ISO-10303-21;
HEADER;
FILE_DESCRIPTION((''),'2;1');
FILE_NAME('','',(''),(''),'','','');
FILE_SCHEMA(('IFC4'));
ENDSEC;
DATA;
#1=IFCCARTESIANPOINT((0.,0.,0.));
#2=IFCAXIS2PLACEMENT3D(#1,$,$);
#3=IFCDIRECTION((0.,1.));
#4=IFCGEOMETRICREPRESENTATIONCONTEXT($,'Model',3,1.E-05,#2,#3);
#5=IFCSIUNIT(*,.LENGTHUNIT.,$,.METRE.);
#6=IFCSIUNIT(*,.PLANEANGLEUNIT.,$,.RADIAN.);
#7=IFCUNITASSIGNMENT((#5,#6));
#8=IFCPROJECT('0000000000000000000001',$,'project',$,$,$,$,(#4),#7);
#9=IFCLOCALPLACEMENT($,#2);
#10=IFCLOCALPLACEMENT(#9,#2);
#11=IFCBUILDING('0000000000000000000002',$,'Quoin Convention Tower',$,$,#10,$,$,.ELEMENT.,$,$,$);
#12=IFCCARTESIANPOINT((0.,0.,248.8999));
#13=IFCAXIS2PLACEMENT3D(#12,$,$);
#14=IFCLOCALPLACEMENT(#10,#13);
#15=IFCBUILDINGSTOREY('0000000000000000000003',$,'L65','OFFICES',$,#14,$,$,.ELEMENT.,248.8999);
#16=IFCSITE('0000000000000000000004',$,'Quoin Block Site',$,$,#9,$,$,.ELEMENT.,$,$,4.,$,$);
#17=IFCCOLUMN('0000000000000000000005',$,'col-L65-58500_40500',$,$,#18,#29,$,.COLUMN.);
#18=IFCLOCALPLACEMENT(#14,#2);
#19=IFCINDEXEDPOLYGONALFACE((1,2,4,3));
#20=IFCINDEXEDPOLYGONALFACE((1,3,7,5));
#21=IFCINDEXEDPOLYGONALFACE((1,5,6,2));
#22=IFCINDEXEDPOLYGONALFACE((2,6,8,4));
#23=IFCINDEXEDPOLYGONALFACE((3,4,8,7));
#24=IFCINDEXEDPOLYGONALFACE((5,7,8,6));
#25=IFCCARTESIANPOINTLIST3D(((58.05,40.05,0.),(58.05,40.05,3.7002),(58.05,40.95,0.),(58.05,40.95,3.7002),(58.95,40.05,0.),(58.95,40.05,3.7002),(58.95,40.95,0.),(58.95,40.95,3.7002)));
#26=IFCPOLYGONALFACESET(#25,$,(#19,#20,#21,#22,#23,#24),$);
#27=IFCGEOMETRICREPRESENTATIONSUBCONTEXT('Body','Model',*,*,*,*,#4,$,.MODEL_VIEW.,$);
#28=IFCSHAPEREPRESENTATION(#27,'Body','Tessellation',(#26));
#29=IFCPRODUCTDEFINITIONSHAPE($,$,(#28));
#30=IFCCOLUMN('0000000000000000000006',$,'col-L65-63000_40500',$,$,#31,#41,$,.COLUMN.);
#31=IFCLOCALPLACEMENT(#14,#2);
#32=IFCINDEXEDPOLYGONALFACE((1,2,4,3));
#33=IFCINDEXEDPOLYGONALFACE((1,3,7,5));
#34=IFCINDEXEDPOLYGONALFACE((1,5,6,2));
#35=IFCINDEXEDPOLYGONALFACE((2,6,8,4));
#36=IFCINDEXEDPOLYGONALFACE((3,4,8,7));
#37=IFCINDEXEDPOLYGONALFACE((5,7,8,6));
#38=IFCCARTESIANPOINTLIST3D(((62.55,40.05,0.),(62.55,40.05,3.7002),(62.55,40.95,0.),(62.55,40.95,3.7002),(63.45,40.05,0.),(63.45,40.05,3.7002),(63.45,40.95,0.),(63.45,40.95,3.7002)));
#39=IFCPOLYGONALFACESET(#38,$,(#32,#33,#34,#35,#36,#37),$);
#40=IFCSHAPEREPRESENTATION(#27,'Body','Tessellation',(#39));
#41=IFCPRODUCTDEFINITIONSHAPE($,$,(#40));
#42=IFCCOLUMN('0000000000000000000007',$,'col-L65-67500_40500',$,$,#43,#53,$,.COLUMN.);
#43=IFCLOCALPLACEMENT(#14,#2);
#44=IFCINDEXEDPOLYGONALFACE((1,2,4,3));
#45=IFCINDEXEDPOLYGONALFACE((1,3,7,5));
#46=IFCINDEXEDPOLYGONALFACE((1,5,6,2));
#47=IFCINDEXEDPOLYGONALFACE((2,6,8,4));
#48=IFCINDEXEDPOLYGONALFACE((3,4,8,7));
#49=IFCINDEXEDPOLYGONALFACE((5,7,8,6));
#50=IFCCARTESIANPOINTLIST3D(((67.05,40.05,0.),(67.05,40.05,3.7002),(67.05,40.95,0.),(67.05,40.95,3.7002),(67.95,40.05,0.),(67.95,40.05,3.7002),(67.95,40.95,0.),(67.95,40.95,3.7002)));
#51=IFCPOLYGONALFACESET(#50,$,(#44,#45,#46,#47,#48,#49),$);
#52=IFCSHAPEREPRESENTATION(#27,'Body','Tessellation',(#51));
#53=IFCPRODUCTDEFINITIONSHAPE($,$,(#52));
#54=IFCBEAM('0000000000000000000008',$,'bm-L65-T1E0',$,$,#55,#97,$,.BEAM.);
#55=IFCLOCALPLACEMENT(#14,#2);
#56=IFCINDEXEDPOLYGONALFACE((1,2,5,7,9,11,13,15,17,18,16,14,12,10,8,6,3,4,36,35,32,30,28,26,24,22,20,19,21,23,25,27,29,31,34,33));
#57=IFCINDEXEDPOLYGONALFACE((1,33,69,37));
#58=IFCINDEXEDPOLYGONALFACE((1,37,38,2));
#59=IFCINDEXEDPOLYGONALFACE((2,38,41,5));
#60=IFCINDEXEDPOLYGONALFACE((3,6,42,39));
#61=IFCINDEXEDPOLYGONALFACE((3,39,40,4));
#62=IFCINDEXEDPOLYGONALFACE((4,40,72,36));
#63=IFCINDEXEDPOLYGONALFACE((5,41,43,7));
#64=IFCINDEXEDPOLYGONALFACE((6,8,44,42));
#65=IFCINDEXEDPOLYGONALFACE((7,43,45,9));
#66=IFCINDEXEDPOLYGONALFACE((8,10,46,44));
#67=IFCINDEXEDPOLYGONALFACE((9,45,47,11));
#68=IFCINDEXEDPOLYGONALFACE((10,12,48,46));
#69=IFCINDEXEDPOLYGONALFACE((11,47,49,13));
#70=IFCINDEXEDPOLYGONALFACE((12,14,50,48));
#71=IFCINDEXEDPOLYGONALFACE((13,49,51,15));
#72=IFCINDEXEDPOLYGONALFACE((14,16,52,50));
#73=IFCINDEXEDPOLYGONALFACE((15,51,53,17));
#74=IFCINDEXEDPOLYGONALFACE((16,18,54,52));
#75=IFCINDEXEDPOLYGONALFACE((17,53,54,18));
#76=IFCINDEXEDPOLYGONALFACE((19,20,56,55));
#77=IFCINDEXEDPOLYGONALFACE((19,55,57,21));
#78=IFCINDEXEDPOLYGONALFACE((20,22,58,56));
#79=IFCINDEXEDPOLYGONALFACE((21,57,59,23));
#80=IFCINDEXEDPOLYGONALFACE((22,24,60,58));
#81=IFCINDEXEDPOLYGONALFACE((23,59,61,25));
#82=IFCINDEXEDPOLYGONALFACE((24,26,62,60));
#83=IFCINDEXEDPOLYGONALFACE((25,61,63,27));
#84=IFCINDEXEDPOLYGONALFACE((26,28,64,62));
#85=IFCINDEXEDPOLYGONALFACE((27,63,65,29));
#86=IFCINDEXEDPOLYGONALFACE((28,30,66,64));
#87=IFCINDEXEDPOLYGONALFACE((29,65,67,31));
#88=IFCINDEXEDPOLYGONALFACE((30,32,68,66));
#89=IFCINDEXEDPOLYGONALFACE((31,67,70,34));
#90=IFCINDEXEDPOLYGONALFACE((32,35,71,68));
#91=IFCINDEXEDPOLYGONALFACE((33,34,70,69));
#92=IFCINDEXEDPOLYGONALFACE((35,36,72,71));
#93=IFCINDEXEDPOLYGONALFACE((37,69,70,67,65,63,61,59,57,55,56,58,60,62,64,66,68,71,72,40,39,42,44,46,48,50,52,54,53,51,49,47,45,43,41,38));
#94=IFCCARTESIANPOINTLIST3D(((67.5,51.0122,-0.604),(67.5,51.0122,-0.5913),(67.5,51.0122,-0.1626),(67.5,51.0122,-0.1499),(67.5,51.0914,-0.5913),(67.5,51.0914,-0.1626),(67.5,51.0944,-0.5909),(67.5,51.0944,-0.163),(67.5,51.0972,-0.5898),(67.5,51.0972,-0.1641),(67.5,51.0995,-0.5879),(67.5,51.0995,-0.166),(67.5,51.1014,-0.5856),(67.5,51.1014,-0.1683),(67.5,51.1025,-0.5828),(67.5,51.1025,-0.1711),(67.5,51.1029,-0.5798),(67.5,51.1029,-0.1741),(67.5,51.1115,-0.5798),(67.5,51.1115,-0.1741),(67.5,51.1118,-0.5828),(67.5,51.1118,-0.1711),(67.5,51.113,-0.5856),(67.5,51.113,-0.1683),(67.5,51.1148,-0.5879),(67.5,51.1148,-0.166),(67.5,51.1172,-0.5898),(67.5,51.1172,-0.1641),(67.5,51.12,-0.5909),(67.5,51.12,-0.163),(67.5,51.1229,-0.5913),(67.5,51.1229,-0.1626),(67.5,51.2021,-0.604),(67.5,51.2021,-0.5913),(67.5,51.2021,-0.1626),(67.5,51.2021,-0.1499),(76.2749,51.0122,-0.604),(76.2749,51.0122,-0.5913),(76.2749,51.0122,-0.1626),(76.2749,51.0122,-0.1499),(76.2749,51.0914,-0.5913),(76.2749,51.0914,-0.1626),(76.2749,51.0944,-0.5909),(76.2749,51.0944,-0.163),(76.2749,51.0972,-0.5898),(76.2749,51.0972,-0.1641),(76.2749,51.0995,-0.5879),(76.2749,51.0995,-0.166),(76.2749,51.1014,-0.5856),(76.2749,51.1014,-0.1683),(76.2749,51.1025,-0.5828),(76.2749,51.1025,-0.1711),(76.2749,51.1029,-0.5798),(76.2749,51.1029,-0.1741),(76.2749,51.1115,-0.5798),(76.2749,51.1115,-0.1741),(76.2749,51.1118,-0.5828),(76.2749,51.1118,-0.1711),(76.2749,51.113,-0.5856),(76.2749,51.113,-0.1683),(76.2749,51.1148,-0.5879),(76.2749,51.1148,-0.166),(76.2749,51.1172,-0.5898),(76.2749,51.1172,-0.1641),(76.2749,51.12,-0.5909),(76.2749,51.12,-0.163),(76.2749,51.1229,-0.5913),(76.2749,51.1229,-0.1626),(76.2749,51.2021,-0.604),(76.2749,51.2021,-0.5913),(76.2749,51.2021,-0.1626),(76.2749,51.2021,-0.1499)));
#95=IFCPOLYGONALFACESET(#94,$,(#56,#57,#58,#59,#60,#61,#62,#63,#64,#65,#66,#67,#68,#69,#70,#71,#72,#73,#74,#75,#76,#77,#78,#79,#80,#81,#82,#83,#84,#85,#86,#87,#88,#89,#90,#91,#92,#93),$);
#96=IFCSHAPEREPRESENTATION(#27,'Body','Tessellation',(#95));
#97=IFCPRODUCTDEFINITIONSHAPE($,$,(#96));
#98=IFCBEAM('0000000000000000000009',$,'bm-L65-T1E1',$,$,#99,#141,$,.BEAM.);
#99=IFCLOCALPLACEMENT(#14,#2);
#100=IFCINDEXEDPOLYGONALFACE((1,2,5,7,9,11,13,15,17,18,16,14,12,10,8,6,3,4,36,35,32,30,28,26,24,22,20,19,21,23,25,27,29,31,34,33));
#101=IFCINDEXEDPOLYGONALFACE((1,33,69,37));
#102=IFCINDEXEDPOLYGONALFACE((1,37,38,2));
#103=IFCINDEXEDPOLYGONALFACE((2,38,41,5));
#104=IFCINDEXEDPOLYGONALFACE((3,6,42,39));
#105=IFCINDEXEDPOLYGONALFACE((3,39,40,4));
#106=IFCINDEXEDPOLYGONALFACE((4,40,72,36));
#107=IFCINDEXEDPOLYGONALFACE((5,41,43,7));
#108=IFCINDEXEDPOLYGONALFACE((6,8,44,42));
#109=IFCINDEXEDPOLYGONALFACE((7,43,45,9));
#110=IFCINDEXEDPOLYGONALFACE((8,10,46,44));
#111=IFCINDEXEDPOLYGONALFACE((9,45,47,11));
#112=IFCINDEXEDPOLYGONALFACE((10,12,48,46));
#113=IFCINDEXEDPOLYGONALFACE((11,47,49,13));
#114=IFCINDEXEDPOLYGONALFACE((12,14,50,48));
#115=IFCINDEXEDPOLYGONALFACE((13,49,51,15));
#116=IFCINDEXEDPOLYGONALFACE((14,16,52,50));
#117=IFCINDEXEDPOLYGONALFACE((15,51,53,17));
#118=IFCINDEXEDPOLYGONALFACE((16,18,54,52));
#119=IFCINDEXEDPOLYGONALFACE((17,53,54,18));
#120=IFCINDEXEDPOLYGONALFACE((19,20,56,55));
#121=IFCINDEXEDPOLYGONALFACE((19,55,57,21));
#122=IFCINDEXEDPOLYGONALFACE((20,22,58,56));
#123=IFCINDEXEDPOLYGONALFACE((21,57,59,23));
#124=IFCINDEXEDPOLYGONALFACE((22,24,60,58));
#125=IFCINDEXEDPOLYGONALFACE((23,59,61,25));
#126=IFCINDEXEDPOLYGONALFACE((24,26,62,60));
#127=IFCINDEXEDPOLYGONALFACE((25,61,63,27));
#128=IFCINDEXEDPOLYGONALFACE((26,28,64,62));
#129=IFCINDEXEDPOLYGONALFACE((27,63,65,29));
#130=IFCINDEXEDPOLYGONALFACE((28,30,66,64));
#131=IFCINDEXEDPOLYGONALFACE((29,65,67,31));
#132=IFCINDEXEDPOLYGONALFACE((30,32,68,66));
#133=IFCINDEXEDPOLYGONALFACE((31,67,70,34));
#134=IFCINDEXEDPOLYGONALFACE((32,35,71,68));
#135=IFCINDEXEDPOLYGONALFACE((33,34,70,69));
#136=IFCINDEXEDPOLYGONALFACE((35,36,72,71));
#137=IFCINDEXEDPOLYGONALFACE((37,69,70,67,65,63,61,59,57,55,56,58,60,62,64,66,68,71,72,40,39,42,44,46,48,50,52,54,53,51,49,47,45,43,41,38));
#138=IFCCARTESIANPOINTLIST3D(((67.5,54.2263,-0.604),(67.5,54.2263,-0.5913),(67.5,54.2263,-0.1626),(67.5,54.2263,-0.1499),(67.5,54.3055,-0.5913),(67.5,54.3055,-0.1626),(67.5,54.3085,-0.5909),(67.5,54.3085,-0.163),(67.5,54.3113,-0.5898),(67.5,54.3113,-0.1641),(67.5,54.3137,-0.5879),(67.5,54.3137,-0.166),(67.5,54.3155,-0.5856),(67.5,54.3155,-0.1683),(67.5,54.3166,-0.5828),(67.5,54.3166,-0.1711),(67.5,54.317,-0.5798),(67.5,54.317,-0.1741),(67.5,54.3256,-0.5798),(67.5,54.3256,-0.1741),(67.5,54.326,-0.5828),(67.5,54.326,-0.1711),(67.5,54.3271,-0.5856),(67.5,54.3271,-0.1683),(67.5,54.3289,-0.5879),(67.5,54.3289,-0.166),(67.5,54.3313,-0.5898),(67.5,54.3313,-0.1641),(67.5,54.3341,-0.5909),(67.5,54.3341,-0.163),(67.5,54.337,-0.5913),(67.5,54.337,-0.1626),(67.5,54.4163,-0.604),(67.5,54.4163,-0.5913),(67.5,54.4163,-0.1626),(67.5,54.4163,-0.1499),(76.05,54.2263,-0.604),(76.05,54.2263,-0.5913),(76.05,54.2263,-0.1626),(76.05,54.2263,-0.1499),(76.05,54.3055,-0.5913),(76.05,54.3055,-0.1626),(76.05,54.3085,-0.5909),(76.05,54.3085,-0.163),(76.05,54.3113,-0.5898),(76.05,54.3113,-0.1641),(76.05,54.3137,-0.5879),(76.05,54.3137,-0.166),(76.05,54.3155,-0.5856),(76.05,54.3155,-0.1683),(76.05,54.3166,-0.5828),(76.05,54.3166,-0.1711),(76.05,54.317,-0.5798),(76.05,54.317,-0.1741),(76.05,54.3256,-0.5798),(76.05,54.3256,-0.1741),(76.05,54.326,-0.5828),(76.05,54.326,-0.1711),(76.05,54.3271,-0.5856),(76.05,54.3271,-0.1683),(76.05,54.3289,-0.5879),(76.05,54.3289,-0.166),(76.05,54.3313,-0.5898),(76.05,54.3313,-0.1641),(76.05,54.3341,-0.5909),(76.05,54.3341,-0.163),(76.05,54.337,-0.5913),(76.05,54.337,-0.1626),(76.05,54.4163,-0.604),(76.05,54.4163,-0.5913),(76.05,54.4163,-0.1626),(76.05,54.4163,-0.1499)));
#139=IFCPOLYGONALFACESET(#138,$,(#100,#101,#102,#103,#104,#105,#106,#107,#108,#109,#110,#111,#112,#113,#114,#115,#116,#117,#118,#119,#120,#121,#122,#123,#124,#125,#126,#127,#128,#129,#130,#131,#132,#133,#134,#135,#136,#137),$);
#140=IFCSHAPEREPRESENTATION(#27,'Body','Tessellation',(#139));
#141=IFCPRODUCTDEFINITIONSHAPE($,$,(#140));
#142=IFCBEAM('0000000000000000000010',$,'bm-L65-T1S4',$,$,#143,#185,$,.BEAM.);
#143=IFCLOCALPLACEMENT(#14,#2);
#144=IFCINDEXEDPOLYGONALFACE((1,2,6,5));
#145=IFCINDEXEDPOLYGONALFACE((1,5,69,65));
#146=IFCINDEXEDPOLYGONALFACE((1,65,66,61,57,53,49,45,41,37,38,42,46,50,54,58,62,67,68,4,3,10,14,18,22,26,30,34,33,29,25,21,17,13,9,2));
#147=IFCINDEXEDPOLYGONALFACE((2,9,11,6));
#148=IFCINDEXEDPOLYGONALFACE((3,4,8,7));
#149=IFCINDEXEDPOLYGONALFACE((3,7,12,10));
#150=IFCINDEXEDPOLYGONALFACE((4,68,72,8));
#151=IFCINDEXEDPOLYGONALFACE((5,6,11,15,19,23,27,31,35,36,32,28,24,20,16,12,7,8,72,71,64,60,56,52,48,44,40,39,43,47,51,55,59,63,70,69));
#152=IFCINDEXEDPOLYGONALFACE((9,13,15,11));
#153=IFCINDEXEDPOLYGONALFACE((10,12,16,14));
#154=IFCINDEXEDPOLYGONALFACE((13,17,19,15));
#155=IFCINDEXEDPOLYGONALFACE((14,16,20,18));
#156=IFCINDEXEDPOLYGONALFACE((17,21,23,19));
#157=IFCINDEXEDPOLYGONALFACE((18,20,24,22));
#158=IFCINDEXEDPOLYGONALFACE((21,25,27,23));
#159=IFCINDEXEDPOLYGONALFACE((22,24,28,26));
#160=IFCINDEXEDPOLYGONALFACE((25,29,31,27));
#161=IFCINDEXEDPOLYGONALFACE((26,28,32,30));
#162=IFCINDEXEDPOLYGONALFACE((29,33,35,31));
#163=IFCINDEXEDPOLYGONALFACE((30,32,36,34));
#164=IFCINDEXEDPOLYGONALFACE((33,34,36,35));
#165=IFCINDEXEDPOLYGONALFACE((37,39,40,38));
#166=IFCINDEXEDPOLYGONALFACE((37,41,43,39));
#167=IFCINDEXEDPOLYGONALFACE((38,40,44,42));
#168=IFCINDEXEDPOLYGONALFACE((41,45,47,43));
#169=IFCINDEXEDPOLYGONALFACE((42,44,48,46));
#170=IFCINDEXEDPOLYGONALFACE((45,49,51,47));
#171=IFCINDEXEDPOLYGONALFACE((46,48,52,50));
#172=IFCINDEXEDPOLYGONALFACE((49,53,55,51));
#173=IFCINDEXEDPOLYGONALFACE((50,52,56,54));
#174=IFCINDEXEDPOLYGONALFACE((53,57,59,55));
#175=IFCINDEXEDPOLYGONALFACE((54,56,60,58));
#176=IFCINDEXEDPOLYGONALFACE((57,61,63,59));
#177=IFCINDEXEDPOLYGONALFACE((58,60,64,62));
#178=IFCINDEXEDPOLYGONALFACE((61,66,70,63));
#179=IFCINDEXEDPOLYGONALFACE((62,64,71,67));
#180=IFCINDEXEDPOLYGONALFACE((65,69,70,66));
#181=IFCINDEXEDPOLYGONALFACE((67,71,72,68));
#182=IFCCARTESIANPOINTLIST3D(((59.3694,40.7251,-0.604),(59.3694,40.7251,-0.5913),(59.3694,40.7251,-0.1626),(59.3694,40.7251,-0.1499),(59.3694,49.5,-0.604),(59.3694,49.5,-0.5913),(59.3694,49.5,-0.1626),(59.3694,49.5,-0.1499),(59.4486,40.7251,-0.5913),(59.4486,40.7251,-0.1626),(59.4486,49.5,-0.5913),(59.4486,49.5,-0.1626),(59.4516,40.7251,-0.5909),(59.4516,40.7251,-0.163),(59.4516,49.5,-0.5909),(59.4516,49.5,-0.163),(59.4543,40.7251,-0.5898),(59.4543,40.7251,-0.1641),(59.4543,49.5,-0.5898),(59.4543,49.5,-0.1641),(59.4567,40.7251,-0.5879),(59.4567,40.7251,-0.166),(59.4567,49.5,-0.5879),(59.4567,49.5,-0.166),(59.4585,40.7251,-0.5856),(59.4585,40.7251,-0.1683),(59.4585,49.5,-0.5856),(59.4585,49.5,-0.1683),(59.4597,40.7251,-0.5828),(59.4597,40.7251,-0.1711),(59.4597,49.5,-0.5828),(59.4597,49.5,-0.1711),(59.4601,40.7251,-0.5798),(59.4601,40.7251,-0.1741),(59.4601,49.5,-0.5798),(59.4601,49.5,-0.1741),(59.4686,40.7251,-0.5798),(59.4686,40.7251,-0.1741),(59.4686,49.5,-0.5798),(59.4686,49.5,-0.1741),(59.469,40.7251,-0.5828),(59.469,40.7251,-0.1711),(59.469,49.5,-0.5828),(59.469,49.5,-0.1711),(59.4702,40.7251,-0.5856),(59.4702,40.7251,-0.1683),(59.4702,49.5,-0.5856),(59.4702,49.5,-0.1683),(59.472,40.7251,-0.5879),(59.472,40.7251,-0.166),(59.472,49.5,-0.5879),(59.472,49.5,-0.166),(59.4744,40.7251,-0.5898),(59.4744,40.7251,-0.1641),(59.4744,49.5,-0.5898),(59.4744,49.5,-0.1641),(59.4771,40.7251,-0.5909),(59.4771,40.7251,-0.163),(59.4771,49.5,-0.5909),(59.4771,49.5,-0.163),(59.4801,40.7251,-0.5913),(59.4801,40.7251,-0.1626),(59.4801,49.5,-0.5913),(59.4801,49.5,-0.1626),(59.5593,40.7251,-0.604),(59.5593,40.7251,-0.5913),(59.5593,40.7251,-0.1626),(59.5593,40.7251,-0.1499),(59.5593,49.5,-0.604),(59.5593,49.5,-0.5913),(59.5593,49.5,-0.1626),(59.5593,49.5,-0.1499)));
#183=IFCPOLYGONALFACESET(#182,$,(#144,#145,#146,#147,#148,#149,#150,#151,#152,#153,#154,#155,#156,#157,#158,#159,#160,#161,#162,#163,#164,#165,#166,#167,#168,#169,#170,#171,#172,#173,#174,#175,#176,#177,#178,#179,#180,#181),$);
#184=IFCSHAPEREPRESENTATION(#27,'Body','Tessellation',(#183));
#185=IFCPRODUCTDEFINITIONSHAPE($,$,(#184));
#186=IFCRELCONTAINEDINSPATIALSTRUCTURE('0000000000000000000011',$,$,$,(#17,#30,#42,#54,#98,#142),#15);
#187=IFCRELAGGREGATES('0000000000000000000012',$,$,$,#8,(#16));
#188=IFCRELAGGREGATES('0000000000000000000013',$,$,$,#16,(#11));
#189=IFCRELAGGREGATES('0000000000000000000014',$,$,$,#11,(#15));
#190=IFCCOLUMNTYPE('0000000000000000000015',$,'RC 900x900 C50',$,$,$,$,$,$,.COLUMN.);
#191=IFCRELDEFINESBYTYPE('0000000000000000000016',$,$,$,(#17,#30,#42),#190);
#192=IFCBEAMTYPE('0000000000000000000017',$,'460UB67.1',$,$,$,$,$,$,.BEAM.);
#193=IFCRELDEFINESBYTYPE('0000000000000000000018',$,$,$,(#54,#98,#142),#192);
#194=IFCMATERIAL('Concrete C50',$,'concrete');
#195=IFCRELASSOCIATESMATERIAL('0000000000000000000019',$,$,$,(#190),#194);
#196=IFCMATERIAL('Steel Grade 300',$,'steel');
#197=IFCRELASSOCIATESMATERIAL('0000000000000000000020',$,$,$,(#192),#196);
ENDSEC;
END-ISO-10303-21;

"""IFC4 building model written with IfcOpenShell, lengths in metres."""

from ifc_helpers import new_model, si_unit, direction, frame, origin, origin_2d, place, context, subcontext, project, spatial, rectangle, i_section, extrude, material, material_profile, profile_set, type_object, element, save


model = new_model("IFC4")

# Units and contexts
model_context = context("Model", 3, precision=1e-05, world=origin(), true_north=direction((0.0, 1.0)))
body_context = subcontext(model_context, "Body", "Model", "MODEL_VIEW")
ifc_project = project(units=[si_unit("LENGTHUNIT", "METRE"), si_unit("PLANEANGLEUNIT", "RADIAN")], contexts=[model_context])

# Site, building, storey
site_placement = place(None, origin())
site = spatial("IfcSite", under=ifc_project, at=site_placement, Name="Quoin Block Site", CompositionType="ELEMENT", RefElevation=4.0)
building_placement = place(site_placement, origin())
building = spatial("IfcBuilding", under=site, at=building_placement, Name="Quoin Convention Tower", CompositionType="ELEMENT")
storey_placement = place(building_placement, frame((0.0, 0.0, 248.8999)))
storey = spatial("IfcBuildingStorey", under=building, at=storey_placement, Name="L65", Description="OFFICES", CompositionType="ELEMENT", Elevation=248.8999)

# Columns
ifc_material_1 = material(Name="Concrete C50", Category="concrete")
ifc_material_profile_1 = material_profile(ifc_material_1, rectangle(XDim=0.8999, YDim=0.8999, at=origin_2d()), Name="RC 900x900")
ifc_profile_set_1 = profile_set([ifc_material_profile_1], Name="Concrete C50")
column_type = type_object("IfcColumnType", Name="RC 900x900 C50", PredefinedType="COLUMN", material=ifc_profile_set_1)
for number, where, z_axis, x_axis, name in (
    (1, (58.5, 40.5, 0.0), (0.0, 0.0, 1.0), (1.0, 0.0, 0.0), "col-L65-58500_40500"),
    (2, (63.0, 40.5, 0.0), (0.0, 0.0, 1.0), (1.0, 0.0, 0.0), "col-L65-63000_40500"),
    (3, (67.5, 40.5, 0.0), (0.0, 0.0, 1.0), (1.0, 0.0, 0.0), "col-L65-67500_40500"),
):
    element("IfcColumn", number, at=place(storey_placement, frame(where, z_axis=z_axis, x_axis=x_axis)), inside=storey, type_object=column_type, Name=name, PredefinedType="COLUMN", context=body_context, shape_type="SweptSolid", body=[
        extrude(rectangle(XDim=0.8999, YDim=0.8999, at=origin_2d()), origin(), (0.0, 0.0, 1.0), 3.7002),
    ])

# Beams
ifc_material_2 = material(Name="Steel Grade 300", Category="steel")
ifc_material_profile_2 = material_profile(ifc_material_2, i_section(OverallWidth=0.1899, OverallDepth=0.4541, WebThickness=0.0085, FlangeThickness=0.0127, FilletRadius=0.0115, at=origin_2d()), Name="460UB67.1")
ifc_profile_set_2 = profile_set([ifc_material_profile_2], Name="Steel Grade 300")
beam_type_1 = type_object("IfcBeamType", Name="460UB67.1", PredefinedType="BEAM", material=ifc_profile_set_2)
beam_1_placement = place(storey_placement, frame((67.5, 51.1072, -0.377), z_axis=(1.0, 0.0, 0.0), x_axis=(0.0, 1.0, 0.0)))
element("IfcBeam", 4, at=beam_1_placement, inside=storey, type_object=beam_type_1, Name="bm-L65-T1E0", PredefinedType="BEAM", context=body_context, shape_type="SweptSolid", body=[
    extrude(i_section(OverallWidth=0.1899, OverallDepth=0.4541, WebThickness=0.0085, FlangeThickness=0.0127, FilletRadius=0.0115, at=origin_2d()), origin(), (0.0, 0.0, 1.0), 8.7749),
])
beam_2_placement = place(storey_placement, frame((67.5, 54.3213, -0.377), z_axis=(1.0, 0.0, 0.0), x_axis=(0.0, 1.0, 0.0)))
element("IfcBeam", 5, at=beam_2_placement, inside=storey, type_object=beam_type_1, Name="bm-L65-T1E1", PredefinedType="BEAM", context=body_context, shape_type="SweptSolid", body=[
    extrude(i_section(OverallWidth=0.1899, OverallDepth=0.4541, WebThickness=0.0085, FlangeThickness=0.0127, FilletRadius=0.0115, at=origin_2d()), origin(), (0.0, 0.0, 1.0), 8.55),
])
beam_3_placement = place(storey_placement, frame((59.4644, 40.7251, -0.377), z_axis=(0.0, 1.0, 0.0), x_axis=(-1.0, 0.0, 0.0)))
element("IfcBeam", 6, at=beam_3_placement, inside=storey, type_object=beam_type_1, Name="bm-L65-T1S4", PredefinedType="BEAM", context=body_context, shape_type="SweptSolid", body=[
    extrude(i_section(OverallWidth=0.1899, OverallDepth=0.4541, WebThickness=0.0085, FlangeThickness=0.0127, FilletRadius=0.0115, at=origin_2d()), origin(), (0.0, 0.0, 1.0), 8.7749),
])

save(model, "model.ifc")
